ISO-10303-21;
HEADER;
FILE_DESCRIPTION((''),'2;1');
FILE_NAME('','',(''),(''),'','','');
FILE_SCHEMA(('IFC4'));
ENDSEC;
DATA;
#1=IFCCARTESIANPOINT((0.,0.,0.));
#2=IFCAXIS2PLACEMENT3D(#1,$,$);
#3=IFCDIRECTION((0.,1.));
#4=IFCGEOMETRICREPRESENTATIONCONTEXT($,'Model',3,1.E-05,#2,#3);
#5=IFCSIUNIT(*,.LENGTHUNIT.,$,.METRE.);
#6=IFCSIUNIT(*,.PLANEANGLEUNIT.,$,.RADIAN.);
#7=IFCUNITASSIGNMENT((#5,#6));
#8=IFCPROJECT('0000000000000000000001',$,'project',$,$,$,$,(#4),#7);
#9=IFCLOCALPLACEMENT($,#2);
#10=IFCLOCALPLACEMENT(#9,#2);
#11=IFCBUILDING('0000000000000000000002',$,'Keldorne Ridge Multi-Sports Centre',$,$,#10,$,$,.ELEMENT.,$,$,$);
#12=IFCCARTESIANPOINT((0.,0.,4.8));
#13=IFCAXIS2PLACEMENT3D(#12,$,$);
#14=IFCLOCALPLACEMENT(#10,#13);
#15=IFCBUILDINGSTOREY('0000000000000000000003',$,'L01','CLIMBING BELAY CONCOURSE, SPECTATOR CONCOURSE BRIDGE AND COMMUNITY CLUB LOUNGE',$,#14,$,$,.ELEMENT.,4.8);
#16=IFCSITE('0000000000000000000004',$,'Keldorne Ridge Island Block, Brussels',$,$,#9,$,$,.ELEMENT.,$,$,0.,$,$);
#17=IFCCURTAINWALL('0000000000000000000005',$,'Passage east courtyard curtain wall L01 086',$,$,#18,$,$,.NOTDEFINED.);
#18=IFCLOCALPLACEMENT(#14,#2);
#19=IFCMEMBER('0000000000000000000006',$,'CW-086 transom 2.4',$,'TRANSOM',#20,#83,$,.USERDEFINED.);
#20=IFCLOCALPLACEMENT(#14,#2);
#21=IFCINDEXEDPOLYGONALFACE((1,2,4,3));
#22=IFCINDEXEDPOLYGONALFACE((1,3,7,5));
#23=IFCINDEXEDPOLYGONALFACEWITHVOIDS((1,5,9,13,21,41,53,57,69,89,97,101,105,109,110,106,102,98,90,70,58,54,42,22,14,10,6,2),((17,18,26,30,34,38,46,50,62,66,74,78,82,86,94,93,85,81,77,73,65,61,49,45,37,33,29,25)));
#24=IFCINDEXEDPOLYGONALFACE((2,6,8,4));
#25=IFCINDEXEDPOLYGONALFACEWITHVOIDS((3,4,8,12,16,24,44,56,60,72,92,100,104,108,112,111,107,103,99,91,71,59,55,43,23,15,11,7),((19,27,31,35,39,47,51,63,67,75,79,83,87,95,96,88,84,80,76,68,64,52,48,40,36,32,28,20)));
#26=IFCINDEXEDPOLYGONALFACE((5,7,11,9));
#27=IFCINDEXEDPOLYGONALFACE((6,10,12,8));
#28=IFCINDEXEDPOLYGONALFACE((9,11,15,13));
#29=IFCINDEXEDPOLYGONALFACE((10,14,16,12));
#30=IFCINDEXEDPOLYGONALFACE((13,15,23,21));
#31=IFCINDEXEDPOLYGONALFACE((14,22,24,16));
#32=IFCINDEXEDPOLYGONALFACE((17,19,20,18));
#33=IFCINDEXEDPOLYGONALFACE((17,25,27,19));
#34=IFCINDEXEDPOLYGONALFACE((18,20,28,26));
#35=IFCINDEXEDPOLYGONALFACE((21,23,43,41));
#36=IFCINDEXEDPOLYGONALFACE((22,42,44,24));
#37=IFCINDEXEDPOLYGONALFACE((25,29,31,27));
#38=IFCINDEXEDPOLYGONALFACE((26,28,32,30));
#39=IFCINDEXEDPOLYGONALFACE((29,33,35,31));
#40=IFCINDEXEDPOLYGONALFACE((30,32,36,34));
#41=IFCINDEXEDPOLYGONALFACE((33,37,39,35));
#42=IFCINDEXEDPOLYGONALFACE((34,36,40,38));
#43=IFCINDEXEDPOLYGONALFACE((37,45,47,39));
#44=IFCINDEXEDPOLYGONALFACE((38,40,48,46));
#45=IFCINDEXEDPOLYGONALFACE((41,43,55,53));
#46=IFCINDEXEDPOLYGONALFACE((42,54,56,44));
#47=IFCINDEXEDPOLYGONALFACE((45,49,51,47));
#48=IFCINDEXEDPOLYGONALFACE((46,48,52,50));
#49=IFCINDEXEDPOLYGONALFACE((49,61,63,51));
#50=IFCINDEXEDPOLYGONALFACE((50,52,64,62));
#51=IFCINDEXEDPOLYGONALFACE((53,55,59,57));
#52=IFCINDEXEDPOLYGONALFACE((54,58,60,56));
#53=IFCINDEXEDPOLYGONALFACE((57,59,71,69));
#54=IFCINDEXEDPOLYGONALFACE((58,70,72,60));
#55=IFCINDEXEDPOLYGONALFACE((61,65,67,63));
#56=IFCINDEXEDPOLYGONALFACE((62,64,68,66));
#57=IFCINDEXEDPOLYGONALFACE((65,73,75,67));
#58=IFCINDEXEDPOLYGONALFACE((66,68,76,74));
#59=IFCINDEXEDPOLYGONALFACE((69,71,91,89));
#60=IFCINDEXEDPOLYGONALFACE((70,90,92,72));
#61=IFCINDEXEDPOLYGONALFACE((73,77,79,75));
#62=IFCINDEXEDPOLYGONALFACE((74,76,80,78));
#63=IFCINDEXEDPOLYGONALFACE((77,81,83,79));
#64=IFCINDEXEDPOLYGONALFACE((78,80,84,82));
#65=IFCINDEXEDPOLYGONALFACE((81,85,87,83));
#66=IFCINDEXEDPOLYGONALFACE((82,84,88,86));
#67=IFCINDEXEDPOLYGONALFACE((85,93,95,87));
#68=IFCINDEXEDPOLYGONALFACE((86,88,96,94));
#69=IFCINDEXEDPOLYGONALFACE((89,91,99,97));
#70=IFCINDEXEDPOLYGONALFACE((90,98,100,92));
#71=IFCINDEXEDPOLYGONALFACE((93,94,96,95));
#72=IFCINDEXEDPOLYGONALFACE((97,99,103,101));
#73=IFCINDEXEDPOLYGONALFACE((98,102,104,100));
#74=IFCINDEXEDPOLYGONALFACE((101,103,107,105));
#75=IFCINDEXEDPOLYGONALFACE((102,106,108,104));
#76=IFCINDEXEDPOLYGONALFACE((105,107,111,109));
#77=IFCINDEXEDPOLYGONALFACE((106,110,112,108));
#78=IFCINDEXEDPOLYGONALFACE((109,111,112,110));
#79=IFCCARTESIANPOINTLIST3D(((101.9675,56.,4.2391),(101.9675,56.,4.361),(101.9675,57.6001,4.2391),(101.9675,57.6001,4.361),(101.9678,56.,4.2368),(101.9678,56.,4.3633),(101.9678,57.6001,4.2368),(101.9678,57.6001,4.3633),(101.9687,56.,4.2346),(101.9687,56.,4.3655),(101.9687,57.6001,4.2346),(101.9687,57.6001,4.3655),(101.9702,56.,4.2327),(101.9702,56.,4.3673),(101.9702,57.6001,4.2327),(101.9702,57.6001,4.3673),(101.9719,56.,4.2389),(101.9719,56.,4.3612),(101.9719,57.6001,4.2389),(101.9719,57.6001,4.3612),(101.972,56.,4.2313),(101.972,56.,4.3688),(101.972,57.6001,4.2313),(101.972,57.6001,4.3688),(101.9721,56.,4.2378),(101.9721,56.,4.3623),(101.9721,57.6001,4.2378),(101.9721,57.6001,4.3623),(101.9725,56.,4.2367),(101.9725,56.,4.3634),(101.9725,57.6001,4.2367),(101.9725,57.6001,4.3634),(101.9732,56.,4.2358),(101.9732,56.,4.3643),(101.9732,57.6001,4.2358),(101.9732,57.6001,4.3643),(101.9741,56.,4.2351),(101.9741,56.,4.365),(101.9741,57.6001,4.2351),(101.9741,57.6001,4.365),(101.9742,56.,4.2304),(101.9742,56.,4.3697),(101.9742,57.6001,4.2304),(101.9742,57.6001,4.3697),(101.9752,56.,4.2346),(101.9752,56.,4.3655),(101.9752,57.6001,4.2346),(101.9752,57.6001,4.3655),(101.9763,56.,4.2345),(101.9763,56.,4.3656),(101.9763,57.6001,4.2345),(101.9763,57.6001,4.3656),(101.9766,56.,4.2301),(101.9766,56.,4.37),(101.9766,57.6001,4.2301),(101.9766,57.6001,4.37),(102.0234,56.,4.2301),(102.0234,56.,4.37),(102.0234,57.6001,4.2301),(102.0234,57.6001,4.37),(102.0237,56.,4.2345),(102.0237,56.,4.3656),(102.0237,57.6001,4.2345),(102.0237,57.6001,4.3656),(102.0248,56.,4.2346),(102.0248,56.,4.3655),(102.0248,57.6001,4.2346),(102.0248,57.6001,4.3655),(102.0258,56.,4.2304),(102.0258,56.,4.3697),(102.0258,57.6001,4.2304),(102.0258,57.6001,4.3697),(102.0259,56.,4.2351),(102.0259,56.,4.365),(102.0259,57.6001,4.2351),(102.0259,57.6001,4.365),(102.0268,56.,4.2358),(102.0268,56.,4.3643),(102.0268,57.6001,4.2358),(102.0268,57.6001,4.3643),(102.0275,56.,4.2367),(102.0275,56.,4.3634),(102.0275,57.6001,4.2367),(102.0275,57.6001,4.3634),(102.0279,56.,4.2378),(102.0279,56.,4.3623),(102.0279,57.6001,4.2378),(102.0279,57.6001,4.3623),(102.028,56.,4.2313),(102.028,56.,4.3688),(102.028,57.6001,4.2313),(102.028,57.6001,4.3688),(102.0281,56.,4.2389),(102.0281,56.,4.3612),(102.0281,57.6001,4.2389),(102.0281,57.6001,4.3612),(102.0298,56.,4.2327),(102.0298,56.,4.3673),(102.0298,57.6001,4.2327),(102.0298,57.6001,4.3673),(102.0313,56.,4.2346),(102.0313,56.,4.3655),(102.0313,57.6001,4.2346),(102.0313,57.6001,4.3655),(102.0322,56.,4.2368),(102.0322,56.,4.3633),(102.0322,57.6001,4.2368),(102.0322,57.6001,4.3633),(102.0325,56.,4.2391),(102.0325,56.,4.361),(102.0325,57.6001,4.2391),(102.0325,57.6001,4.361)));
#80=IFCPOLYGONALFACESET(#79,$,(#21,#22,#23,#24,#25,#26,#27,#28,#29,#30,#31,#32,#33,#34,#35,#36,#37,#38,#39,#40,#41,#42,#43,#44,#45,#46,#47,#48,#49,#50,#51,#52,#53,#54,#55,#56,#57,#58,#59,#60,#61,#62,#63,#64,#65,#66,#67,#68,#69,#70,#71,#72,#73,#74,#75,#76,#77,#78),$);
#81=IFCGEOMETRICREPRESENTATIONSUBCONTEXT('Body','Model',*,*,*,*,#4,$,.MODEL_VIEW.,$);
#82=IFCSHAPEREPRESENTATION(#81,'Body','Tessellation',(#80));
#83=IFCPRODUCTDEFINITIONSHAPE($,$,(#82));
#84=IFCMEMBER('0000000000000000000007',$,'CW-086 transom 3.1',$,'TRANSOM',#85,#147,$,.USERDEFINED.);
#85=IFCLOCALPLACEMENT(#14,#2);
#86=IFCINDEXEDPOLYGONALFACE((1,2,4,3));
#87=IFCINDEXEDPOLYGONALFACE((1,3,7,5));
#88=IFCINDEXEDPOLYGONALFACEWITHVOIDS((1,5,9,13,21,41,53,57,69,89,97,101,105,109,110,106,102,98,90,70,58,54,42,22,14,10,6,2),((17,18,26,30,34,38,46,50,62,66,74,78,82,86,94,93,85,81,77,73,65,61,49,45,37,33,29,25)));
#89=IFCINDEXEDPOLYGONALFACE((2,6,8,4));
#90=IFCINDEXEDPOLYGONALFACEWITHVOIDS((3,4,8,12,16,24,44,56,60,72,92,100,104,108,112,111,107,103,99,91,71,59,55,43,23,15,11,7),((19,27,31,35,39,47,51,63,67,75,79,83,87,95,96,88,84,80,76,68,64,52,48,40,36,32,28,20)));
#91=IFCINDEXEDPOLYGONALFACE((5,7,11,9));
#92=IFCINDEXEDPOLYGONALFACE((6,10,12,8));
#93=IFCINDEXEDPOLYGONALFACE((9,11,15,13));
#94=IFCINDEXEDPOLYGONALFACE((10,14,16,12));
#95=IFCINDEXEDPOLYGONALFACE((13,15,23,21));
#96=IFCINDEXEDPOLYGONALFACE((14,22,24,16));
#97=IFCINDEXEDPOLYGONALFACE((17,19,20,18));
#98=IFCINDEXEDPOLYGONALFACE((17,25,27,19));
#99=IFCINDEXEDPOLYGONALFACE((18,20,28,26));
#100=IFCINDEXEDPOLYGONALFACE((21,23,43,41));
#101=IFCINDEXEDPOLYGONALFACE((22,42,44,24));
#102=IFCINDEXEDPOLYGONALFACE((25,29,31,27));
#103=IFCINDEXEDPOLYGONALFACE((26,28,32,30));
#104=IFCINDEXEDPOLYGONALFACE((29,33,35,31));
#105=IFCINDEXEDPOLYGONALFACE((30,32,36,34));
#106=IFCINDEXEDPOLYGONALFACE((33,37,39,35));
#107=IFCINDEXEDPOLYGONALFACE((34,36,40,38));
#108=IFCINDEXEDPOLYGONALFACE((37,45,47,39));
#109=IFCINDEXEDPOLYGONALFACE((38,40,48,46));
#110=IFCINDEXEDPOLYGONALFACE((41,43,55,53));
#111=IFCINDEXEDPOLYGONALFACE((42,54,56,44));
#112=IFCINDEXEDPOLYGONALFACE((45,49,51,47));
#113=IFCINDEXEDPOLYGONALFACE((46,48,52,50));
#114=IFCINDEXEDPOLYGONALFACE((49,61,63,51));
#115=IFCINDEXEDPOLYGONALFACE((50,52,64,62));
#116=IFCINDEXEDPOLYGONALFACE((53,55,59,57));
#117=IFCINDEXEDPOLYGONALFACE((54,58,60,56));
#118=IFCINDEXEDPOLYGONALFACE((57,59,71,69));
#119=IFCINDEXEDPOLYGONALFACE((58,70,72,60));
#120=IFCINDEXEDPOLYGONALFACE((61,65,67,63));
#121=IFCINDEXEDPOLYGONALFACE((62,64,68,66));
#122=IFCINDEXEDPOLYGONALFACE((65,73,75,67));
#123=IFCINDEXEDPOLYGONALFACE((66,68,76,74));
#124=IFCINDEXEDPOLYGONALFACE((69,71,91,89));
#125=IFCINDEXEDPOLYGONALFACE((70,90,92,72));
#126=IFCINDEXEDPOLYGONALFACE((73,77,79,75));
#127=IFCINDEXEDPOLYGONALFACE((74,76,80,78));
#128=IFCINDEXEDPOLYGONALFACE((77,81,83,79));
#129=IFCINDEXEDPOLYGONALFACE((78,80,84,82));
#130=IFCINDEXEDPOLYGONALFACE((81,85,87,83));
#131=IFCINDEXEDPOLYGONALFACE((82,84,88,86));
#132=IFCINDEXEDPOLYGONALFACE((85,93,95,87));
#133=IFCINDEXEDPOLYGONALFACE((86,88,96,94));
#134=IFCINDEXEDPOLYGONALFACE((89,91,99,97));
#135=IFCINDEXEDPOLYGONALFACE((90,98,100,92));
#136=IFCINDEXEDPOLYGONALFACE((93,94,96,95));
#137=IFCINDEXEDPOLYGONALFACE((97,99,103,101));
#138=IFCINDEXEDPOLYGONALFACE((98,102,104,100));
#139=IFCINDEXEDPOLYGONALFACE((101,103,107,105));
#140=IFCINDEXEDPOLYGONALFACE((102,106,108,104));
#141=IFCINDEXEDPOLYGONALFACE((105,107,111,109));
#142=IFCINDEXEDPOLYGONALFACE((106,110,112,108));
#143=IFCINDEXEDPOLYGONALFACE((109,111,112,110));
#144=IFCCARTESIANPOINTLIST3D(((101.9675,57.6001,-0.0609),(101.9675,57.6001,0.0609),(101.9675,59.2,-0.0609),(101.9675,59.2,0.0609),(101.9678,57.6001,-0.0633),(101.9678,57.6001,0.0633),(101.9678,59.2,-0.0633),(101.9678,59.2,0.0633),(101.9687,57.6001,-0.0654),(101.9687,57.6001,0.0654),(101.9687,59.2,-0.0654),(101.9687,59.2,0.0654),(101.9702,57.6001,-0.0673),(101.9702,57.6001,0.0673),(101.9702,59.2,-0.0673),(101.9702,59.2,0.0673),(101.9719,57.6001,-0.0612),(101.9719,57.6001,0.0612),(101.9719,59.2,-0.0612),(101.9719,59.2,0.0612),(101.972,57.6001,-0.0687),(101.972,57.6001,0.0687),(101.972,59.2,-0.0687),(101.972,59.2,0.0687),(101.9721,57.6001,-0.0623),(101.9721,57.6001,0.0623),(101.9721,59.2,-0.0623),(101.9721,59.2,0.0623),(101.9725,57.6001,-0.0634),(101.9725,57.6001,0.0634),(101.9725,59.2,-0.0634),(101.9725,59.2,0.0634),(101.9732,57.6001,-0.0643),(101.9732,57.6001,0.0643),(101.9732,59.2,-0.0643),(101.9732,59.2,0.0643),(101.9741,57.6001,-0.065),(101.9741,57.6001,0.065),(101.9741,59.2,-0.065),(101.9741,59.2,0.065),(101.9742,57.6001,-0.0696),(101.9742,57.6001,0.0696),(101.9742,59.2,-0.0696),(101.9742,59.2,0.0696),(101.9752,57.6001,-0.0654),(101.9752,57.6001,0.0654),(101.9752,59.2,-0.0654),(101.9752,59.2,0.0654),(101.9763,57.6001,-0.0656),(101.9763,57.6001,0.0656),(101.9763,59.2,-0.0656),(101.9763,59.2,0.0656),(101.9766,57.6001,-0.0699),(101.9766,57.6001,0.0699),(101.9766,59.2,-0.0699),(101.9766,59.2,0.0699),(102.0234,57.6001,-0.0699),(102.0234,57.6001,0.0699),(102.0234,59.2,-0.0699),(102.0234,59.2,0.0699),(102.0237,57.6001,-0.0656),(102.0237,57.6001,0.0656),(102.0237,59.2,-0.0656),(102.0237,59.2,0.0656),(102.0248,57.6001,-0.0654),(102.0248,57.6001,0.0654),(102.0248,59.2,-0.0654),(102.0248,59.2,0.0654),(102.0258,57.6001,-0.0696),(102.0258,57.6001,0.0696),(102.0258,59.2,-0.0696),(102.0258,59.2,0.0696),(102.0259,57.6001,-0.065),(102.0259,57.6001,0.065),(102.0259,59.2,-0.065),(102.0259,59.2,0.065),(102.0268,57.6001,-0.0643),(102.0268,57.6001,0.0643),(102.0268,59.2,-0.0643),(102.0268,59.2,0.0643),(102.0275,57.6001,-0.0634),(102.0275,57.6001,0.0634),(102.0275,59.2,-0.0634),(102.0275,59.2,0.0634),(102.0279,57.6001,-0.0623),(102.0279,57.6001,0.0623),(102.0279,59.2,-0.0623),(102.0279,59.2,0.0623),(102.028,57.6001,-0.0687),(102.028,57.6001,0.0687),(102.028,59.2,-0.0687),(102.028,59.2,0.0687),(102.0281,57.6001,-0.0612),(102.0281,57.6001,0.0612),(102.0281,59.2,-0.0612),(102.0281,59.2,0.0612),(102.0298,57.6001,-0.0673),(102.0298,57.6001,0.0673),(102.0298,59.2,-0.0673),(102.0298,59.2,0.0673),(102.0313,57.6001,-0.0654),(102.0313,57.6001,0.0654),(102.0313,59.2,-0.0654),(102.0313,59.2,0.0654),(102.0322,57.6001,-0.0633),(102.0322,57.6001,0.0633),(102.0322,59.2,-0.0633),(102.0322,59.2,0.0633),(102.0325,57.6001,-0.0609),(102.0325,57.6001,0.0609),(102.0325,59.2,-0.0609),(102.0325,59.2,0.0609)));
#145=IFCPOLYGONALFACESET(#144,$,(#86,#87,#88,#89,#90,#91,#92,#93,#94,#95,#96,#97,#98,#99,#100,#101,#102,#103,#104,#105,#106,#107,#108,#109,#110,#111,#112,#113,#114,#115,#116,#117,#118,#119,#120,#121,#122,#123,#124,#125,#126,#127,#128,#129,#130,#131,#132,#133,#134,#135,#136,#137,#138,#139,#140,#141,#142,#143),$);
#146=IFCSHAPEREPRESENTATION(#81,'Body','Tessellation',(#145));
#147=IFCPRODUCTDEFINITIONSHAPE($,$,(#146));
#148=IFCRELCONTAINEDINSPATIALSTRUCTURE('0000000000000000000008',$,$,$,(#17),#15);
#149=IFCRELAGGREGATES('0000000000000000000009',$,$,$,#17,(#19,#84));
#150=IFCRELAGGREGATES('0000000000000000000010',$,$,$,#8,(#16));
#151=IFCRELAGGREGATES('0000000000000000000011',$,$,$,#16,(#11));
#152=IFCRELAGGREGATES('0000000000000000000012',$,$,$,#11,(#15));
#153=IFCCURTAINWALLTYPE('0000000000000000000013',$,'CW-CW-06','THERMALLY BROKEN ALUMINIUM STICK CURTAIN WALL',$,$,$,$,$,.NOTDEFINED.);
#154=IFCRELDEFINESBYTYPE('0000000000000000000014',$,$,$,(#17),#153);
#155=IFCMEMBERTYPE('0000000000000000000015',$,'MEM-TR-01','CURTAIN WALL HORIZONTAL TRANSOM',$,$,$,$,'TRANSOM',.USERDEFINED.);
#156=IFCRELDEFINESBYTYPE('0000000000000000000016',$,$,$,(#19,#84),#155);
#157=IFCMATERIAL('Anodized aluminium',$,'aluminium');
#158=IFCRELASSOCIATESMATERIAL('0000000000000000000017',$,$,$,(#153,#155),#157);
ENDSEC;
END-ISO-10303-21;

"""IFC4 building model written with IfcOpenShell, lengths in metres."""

from ifc_helpers import new_model, si_unit, direction, frame, origin, origin_2d, place, context, subcontext, project, spatial, hollow_rectangle, extrude, material, material_profile, profile_set, type_object, element, aggregate, save


model = new_model("IFC4")

# Units and contexts
model_context = context("Model", 3, precision=1e-05, world=origin(), true_north=direction((0.0, 1.0)))
body_context = subcontext(model_context, "Body", "Model", "MODEL_VIEW")
ifc_project = project(units=[si_unit("LENGTHUNIT", "METRE"), si_unit("PLANEANGLEUNIT", "RADIAN")], contexts=[model_context])

# Site, building, storey
site_placement = place(None, origin())
site = spatial("IfcSite", under=ifc_project, at=site_placement, Name="Keldorne Ridge Island Block, Brussels", CompositionType="ELEMENT", RefElevation=0.0)
building_placement = place(site_placement, origin())
building = spatial("IfcBuilding", under=site, at=building_placement, Name="Keldorne Ridge Multi-Sports Centre", CompositionType="ELEMENT")
storey_placement = place(building_placement, frame((0.0, 0.0, 4.8)))
storey = spatial("IfcBuildingStorey", under=building, at=storey_placement, Name="L01", Description="CLIMBING BELAY CONCOURSE, SPECTATOR CONCOURSE BRIDGE AND COMMUNITY CLUB LOUNGE", CompositionType="ELEMENT", Elevation=4.8)

# Curtain wall, members
ifc_material_1 = material(Name="Anodized aluminium", Category="aluminium")
curtain_wall_type = type_object("IfcCurtainWallType", Name="CW-CW-06", Description="THERMALLY BROKEN ALUMINIUM STICK CURTAIN WALL", PredefinedType="NOTDEFINED", material=ifc_material_1)
curtain_wall_placement = place(storey_placement, origin())
curtain_wall = element("IfcCurtainWall", 1, at=curtain_wall_placement, inside=storey, type_object=curtain_wall_type, Name="Passage east courtyard curtain wall L01 086", PredefinedType="NOTDEFINED")
ifc_material_profile_1 = material_profile(ifc_material_1, hollow_rectangle(XDim=0.0649, YDim=0.1399, WallThickness=0.0044, InnerFilletRadius=0.0044, OuterFilletRadius=0.009, at=origin_2d()), Name="ALU TRANSOM 140x65x4.5")
ifc_profile_set_1 = profile_set([ifc_material_profile_1], Name="Anodized aluminium")
member_type_1 = type_object("IfcMemberType", Name="MEM-TR-01", Description="CURTAIN WALL HORIZONTAL TRANSOM", ElementType="TRANSOM", PredefinedType="USERDEFINED", material=ifc_profile_set_1)
member_1_placement = place(storey_placement, frame((102.0, 56.0, 4.3), z_axis=(0.0, 1.0, 0.0), x_axis=(-1.0, 0.0, 0.0)))
member_1 = element("IfcMember", 2, at=member_1_placement, type_object=member_type_1, Name="CW-086 transom 2.4", ObjectType="TRANSOM", PredefinedType="USERDEFINED", context=body_context, shape_type="SweptSolid", body=[
    extrude(hollow_rectangle(XDim=0.0649, YDim=0.1399, WallThickness=0.0044, InnerFilletRadius=0.0044, OuterFilletRadius=0.009, at=origin_2d()), origin(), (0.0, 0.0, 1.0), 1.6001),
])
member_2_placement = place(storey_placement, frame((102.0, 57.6001, 0.0), z_axis=(0.0, 1.0, 0.0), x_axis=(-1.0, 0.0, 0.0)))
member_2 = element("IfcMember", 3, at=member_2_placement, type_object=member_type_1, Name="CW-086 transom 3.1", ObjectType="TRANSOM", PredefinedType="USERDEFINED", context=body_context, shape_type="SweptSolid", body=[
    extrude(hollow_rectangle(XDim=0.0649, YDim=0.1399, WallThickness=0.0044, InnerFilletRadius=0.0044, OuterFilletRadius=0.009, at=origin_2d()), origin(), (0.0, 0.0, 1.0), 1.5999),
])

aggregate(curtain_wall, [member_1, member_2])

save(model, "model.ifc")
